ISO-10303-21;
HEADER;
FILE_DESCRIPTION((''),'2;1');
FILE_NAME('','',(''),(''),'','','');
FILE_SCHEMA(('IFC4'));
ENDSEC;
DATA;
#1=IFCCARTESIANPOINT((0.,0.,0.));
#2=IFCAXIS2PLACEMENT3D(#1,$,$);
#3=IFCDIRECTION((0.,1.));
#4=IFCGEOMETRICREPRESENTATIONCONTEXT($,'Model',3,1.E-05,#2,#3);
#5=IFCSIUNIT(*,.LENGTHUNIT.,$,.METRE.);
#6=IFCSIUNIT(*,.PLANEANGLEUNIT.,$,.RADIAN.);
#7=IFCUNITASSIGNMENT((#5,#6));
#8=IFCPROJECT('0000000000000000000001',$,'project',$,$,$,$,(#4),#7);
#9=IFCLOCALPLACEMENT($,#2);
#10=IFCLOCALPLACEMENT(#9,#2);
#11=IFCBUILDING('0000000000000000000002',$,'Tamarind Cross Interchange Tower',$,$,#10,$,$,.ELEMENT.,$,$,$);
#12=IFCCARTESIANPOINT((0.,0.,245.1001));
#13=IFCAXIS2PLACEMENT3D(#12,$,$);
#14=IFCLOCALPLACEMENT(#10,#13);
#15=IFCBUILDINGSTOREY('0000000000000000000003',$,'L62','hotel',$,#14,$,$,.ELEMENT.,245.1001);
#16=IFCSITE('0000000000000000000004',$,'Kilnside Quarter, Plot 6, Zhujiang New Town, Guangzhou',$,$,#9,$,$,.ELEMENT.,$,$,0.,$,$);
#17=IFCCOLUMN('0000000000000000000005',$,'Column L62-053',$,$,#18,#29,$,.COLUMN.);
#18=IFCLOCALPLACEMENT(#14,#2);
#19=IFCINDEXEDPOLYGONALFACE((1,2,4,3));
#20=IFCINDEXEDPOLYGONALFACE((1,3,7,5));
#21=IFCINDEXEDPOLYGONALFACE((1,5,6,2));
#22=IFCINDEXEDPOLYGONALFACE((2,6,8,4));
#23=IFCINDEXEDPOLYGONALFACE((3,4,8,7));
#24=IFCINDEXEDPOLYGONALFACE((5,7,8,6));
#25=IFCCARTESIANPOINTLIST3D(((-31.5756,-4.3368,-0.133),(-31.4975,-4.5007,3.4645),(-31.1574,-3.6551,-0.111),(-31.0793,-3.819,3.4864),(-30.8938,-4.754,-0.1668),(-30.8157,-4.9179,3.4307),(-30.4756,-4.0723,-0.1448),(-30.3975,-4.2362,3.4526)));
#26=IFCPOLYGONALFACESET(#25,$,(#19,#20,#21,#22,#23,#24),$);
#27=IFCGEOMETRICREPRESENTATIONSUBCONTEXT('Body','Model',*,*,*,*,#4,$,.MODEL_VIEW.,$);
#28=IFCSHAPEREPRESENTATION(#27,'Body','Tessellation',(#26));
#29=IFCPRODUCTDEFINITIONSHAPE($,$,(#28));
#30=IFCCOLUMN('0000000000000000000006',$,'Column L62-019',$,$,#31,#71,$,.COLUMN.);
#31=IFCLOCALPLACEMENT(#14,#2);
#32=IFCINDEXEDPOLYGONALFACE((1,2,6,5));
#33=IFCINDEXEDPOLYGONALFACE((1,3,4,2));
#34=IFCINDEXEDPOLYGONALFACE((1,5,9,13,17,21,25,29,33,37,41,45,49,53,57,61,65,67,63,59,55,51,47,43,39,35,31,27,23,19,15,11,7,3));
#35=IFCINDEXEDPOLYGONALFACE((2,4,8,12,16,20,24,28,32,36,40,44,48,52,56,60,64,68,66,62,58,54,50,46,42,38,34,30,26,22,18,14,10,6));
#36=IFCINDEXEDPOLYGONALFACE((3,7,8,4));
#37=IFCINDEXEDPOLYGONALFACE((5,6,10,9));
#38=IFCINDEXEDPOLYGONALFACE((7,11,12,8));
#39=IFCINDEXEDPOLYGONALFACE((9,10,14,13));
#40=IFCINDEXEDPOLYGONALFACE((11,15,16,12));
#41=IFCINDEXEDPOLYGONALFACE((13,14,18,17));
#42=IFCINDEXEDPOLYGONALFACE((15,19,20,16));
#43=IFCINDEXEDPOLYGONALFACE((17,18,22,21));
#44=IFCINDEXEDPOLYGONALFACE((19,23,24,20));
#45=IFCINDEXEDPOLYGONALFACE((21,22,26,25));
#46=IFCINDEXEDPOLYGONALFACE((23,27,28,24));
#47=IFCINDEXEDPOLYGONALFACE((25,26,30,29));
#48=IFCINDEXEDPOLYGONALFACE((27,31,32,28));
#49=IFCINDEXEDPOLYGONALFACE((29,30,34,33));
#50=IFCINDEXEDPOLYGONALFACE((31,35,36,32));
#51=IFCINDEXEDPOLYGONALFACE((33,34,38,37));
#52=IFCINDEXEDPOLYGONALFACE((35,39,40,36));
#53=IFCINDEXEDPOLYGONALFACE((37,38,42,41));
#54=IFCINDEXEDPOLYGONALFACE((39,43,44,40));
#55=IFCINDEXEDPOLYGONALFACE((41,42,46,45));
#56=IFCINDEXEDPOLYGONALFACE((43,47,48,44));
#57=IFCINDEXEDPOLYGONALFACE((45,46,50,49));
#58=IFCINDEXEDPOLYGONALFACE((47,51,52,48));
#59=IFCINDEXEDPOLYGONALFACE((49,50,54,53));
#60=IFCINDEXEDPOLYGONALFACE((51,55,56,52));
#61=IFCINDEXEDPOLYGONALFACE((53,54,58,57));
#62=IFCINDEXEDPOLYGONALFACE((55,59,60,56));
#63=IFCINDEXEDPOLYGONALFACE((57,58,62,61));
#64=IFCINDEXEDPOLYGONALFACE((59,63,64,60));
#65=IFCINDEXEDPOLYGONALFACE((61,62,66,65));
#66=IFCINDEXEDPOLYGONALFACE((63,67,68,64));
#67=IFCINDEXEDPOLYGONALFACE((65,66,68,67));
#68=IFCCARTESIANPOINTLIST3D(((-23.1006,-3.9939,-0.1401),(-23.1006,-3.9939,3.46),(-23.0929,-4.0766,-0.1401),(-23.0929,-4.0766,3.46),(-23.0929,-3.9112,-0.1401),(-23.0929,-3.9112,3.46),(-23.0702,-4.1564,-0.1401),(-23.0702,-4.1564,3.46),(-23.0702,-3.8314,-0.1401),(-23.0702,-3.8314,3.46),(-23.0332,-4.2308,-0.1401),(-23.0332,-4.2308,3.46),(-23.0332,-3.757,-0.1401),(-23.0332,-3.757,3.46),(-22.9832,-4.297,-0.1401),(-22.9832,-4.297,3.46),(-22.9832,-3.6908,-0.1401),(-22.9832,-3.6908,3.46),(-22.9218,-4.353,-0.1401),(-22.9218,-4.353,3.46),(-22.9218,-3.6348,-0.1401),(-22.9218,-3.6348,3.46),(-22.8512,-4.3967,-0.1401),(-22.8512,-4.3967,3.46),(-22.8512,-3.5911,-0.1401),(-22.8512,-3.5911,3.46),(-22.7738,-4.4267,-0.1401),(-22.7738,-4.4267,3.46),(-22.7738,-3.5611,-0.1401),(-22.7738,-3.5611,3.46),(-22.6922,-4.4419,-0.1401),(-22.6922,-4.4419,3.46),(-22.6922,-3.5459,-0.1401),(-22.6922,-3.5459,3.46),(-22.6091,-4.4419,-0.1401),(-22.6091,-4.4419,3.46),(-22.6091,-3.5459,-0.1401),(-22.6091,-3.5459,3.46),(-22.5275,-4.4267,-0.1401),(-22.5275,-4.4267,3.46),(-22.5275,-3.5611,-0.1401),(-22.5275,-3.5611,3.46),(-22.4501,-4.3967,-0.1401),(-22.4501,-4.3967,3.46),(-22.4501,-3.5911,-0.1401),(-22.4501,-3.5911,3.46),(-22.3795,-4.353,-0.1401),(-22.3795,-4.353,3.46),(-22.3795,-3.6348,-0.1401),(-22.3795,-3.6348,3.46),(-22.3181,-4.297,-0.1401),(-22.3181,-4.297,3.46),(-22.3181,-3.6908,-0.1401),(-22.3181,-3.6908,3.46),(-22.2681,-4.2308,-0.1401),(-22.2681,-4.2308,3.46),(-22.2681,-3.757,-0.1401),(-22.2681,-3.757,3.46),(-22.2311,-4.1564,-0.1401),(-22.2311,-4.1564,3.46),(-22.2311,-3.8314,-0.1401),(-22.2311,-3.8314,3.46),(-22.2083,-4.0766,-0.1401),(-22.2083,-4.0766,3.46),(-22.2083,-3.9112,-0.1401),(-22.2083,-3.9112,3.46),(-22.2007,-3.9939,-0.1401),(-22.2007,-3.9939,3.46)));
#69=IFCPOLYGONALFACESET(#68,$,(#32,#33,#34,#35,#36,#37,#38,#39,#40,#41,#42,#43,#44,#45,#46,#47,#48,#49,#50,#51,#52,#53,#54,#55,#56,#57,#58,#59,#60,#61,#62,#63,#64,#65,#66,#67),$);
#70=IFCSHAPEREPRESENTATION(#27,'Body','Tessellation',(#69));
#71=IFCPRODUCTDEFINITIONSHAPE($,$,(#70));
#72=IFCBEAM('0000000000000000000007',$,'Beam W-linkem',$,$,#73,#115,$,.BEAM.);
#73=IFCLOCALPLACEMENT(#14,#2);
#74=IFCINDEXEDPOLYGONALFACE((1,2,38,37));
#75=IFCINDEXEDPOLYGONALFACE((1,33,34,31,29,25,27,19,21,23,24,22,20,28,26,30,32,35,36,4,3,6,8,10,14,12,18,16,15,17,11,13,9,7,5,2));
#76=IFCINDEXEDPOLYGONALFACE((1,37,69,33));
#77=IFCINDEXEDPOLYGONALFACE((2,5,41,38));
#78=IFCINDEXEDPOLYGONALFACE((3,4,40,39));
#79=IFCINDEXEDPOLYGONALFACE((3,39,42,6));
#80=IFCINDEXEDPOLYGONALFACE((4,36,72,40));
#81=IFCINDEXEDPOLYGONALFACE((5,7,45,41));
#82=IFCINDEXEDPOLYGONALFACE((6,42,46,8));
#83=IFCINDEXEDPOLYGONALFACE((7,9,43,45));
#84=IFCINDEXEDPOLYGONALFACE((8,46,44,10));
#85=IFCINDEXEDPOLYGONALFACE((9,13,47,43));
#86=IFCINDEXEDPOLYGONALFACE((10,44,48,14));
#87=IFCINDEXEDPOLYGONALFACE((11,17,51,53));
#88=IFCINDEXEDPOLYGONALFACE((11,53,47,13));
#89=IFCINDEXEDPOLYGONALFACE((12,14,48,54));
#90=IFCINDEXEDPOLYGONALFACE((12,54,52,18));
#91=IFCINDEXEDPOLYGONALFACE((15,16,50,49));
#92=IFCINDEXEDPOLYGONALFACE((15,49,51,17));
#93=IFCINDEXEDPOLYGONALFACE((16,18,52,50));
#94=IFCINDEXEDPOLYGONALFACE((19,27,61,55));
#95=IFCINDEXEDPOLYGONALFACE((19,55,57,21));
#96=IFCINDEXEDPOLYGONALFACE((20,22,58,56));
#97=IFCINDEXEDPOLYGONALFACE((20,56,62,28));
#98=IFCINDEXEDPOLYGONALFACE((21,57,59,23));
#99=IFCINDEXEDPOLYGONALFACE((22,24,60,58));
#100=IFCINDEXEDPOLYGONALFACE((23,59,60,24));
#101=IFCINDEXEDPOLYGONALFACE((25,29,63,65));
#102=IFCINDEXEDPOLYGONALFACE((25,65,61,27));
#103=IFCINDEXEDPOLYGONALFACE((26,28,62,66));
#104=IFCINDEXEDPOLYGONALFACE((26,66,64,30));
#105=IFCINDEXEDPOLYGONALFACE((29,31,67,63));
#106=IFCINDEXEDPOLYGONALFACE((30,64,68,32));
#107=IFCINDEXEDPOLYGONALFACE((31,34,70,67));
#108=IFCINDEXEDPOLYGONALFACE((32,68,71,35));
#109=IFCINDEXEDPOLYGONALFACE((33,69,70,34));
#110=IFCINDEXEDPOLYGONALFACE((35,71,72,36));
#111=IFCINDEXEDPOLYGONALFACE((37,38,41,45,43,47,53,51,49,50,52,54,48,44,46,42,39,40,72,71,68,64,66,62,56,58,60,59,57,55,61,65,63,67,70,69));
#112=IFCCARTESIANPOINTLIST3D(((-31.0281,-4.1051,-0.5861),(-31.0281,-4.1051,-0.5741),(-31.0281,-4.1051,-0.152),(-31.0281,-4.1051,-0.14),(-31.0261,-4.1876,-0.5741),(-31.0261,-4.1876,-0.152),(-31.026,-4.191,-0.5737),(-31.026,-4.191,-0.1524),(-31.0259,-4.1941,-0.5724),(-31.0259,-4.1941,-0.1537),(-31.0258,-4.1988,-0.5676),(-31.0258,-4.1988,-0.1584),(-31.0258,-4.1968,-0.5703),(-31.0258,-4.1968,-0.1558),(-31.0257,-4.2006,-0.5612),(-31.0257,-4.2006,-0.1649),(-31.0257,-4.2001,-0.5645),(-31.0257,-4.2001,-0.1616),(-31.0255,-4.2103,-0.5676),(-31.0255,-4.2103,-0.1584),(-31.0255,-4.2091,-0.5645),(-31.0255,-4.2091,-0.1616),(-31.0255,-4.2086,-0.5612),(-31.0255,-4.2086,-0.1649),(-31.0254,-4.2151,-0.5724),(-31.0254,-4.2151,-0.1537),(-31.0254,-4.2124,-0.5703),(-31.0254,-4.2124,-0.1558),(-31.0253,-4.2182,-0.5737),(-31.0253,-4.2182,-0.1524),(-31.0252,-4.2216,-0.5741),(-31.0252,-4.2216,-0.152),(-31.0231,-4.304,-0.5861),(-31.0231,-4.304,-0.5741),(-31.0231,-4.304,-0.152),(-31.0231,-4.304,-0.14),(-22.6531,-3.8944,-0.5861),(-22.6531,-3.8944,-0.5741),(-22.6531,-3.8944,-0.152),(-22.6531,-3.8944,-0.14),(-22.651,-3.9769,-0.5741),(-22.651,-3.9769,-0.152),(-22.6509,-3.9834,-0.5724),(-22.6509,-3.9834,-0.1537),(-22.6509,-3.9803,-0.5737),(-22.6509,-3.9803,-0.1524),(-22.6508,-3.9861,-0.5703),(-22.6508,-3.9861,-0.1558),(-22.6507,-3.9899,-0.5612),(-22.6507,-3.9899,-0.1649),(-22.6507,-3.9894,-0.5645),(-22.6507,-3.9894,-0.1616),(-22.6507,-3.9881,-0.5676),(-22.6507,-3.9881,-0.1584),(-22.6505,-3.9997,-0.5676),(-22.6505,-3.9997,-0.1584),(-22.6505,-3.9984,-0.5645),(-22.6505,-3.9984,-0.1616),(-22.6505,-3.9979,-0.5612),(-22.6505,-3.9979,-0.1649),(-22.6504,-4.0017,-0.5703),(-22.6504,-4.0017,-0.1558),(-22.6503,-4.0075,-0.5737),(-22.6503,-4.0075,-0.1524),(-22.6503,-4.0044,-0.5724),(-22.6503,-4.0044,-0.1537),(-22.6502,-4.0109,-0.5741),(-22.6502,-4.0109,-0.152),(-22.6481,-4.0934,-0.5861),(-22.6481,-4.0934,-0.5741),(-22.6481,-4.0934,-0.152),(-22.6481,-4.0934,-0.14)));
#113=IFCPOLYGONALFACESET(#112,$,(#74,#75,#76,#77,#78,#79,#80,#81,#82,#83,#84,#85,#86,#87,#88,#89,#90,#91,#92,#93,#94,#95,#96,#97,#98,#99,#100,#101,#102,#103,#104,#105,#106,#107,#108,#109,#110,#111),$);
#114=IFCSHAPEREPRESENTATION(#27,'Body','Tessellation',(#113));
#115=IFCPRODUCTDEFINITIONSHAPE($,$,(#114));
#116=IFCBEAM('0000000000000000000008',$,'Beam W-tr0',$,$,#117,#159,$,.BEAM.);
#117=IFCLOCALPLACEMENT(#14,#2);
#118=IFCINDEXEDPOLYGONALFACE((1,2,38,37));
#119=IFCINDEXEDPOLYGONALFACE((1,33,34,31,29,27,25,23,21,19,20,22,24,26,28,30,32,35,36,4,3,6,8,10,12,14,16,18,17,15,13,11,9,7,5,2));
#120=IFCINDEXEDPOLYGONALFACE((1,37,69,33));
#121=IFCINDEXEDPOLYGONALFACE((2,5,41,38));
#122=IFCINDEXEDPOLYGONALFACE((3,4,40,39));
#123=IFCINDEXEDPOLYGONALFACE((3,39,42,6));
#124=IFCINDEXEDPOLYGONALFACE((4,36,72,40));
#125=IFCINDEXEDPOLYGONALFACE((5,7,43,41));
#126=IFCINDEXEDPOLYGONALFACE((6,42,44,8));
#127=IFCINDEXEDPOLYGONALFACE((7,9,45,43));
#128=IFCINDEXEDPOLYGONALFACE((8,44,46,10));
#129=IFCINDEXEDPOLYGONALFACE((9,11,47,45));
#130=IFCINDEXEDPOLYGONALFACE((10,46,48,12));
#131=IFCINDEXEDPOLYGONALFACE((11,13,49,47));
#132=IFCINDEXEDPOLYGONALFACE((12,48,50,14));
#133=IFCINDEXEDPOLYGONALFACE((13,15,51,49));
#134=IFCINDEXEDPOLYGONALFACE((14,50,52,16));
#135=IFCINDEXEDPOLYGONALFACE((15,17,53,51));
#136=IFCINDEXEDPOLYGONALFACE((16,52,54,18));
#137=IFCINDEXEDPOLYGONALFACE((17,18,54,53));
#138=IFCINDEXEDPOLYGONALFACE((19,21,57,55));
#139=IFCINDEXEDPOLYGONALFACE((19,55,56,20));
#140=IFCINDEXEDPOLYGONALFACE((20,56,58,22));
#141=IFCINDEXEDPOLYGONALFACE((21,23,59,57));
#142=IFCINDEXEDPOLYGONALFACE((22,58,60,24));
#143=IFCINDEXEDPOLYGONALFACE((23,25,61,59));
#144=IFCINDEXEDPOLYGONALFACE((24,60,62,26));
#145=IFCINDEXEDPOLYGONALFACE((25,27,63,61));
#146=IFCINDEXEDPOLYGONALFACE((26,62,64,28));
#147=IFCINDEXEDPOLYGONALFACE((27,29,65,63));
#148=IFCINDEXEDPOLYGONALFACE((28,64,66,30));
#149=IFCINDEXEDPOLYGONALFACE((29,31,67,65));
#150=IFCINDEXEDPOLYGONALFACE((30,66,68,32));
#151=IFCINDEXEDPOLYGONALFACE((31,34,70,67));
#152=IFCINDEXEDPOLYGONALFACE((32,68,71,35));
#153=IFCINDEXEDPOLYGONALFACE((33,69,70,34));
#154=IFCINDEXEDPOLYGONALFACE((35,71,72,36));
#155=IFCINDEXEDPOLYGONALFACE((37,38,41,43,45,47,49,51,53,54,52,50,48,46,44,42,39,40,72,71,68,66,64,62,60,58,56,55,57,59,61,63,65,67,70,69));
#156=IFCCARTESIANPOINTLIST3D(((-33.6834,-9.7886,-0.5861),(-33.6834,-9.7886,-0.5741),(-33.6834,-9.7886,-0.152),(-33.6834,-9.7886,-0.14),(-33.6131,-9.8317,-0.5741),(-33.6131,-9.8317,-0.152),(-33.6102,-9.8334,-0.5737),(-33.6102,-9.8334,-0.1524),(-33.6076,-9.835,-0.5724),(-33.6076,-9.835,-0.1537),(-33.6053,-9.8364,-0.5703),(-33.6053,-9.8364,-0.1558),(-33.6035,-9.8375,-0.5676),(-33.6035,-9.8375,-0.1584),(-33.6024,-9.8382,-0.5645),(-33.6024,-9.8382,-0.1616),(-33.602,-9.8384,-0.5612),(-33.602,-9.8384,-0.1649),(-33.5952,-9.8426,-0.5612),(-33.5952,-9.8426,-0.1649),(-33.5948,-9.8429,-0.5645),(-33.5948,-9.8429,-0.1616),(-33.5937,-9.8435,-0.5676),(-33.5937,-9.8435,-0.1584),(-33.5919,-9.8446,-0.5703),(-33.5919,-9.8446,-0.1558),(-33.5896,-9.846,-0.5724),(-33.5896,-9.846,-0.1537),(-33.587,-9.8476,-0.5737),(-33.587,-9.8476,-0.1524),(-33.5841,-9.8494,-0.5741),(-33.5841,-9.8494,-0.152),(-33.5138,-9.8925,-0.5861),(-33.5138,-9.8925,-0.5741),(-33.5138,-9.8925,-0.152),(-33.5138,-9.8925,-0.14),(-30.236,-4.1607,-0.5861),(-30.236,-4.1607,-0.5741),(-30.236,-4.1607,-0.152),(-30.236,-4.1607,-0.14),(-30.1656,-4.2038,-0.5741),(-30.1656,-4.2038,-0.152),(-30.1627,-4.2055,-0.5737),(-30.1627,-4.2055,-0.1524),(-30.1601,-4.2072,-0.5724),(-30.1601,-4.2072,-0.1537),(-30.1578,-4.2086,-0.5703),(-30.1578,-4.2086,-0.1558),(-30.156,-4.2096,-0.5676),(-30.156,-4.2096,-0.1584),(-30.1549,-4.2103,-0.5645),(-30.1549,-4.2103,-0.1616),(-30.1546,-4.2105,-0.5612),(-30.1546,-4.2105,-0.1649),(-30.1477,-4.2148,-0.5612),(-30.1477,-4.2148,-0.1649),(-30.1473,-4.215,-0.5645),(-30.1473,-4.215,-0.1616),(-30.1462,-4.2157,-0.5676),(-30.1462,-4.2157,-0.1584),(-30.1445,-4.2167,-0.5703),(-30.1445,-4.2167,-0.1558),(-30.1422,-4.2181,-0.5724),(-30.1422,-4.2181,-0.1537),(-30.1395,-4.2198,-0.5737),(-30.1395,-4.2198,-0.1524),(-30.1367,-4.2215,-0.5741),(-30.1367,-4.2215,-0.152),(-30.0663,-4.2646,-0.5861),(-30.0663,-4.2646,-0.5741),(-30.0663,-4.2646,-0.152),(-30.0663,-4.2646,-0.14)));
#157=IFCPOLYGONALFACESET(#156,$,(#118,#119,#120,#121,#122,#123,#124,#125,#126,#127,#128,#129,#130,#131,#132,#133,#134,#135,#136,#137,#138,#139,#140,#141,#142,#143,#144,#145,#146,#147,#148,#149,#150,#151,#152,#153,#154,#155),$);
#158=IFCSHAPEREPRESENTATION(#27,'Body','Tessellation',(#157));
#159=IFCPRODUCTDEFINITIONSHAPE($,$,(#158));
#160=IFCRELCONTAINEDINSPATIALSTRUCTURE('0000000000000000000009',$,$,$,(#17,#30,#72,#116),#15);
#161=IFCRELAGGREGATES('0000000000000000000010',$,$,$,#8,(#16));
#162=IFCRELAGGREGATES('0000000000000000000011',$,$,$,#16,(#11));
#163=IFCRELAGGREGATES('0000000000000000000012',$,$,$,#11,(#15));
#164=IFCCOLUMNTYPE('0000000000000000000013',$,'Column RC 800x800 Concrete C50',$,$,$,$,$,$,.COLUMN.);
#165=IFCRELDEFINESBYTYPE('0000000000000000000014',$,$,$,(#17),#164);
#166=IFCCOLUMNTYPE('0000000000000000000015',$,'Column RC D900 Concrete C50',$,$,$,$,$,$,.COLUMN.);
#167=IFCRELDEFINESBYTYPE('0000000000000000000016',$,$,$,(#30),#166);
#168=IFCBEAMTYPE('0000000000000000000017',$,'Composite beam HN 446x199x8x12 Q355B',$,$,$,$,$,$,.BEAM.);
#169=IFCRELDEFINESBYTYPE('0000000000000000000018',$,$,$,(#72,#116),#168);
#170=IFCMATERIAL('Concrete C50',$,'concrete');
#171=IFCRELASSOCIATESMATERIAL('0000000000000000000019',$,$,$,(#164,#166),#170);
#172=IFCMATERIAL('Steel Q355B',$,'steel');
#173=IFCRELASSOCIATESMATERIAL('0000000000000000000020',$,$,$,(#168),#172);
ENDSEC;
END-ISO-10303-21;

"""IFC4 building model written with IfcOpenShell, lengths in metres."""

from ifc_helpers import new_model, si_unit, direction, frame, origin, origin_2d, place, context, subcontext, project, spatial, rectangle, circle, i_section, extrude, material, material_profile, profile_set, type_object, element, save


model = new_model("IFC4")

# Units and contexts
model_context = context("Model", 3, precision=1e-05, world=origin(), true_north=direction((0.0, 1.0)))
body_context = subcontext(model_context, "Body", "Model", "MODEL_VIEW")
ifc_project = project(units=[si_unit("LENGTHUNIT", "METRE"), si_unit("PLANEANGLEUNIT", "RADIAN")], contexts=[model_context])

# Site, building, storey
site_placement = place(None, origin())
site = spatial("IfcSite", under=ifc_project, at=site_placement, Name="Kilnside Quarter, Plot 6, Zhujiang New Town, Guangzhou", CompositionType="ELEMENT", RefElevation=0.0)
building_placement = place(site_placement, origin())
building = spatial("IfcBuilding", under=site, at=building_placement, Name="Tamarind Cross Interchange Tower", CompositionType="ELEMENT")
storey_placement = place(building_placement, frame((0.0, 0.0, 245.1001)))
storey = spatial("IfcBuildingStorey", under=building, at=storey_placement, Name="L62", Description="hotel", CompositionType="ELEMENT", Elevation=245.1001)

# Columns
ifc_material_1 = material(Name="Concrete C50", Category="concrete")
ifc_material_profile_1 = material_profile(ifc_material_1, rectangle(XDim=0.8, YDim=0.8, at=origin_2d()), Name="RC 800x800")
ifc_profile_set_1 = profile_set([ifc_material_profile_1], Name="Concrete C50")
column_type_1 = type_object("IfcColumnType", Name="Column RC 800x800 Concrete C50", PredefinedType="COLUMN", material=ifc_profile_set_1)
column_1_placement = place(storey_placement, frame((-31.0256, -4.2046, -0.1389), z_axis=(0.021689, -0.04548, 0.99873), x_axis=(0.522729, 0.852057, 0.027449)))
element("IfcColumn", 1, at=column_1_placement, inside=storey, type_object=column_type_1, Name="Column L62-053", PredefinedType="COLUMN", context=body_context, shape_type="SweptSolid", body=[
    extrude(rectangle(XDim=0.8, YDim=0.8, at=origin_2d()), origin(), (0.0, 0.0, 1.0), 3.6021),
])
ifc_material_profile_2 = material_profile(ifc_material_1, circle(Radius=0.45, at=origin_2d()), Name="RC D900")
ifc_profile_set_2 = profile_set([ifc_material_profile_2], Name="Concrete C50")
column_type_2 = type_object("IfcColumnType", Name="Column RC D900 Concrete C50", PredefinedType="COLUMN", material=ifc_profile_set_2)
column_2_placement = place(storey_placement, frame((-22.6506, -3.9939, -0.1401), z_axis=(0.0, 0.0, 1.0), x_axis=(1.0, 0.0, 0.0)))
element("IfcColumn", 2, at=column_2_placement, inside=storey, type_object=column_type_2, Name="Column L62-019", PredefinedType="COLUMN", context=body_context, shape_type="SweptSolid", body=[
    extrude(circle(Radius=0.45, at=origin_2d()), origin(), (0.0, 0.0, 1.0), 3.6001),
])

# Beams
ifc_material_2 = material(Name="Steel Q355B", Category="steel")
ifc_material_profile_3 = material_profile(ifc_material_2, i_section(OverallWidth=0.199, OverallDepth=0.446, WebThickness=0.0081, FlangeThickness=0.012, FilletRadius=0.0129, at=origin_2d()), Name="HN 446x199x8x12")
ifc_profile_set_3 = profile_set([ifc_material_profile_3], Name="Steel Q355B")
beam_type_1 = type_object("IfcBeamType", Name="Composite beam HN 446x199x8x12 Q355B", PredefinedType="BEAM", material=ifc_profile_set_3)
beam_1_placement = place(storey_placement, frame((-31.0256, -4.2046, -0.363), z_axis=(0.999684, 0.025149, 0.0), x_axis=(-0.025149, 0.999684, 0.0)))
element("IfcBeam", 3, at=beam_1_placement, inside=storey, type_object=beam_type_1, Name="Beam W-linkem", PredefinedType="BEAM", context=body_context, shape_type="SweptSolid", body=[
    extrude(i_section(OverallWidth=0.199, OverallDepth=0.446, WebThickness=0.0081, FlangeThickness=0.012, FilletRadius=0.0129, at=origin_2d()), origin(), (0.0, 0.0, 1.0), 8.3777),
])
for number, where, z_axis, x_axis, name in (
    (4, (-30.1511, -4.2126, -0.363), (-0.522356, -0.852727, 0.0), (0.852727, -0.522356, 0.0), "Beam W-tr0"),
):
    element("IfcBeam", number, at=place(storey_placement, frame(where, z_axis=z_axis, x_axis=x_axis)), inside=storey, type_object=beam_type_1, Name=name, PredefinedType="BEAM", context=body_context, shape_type="SweptSolid", body=[
        extrude(i_section(OverallWidth=0.199, OverallDepth=0.446, WebThickness=0.0081, FlangeThickness=0.012, FilletRadius=0.0129, at=origin_2d()), origin(), (0.0, 0.0, 1.0), 6.5999),
    ])

save(model, "model.ifc")
